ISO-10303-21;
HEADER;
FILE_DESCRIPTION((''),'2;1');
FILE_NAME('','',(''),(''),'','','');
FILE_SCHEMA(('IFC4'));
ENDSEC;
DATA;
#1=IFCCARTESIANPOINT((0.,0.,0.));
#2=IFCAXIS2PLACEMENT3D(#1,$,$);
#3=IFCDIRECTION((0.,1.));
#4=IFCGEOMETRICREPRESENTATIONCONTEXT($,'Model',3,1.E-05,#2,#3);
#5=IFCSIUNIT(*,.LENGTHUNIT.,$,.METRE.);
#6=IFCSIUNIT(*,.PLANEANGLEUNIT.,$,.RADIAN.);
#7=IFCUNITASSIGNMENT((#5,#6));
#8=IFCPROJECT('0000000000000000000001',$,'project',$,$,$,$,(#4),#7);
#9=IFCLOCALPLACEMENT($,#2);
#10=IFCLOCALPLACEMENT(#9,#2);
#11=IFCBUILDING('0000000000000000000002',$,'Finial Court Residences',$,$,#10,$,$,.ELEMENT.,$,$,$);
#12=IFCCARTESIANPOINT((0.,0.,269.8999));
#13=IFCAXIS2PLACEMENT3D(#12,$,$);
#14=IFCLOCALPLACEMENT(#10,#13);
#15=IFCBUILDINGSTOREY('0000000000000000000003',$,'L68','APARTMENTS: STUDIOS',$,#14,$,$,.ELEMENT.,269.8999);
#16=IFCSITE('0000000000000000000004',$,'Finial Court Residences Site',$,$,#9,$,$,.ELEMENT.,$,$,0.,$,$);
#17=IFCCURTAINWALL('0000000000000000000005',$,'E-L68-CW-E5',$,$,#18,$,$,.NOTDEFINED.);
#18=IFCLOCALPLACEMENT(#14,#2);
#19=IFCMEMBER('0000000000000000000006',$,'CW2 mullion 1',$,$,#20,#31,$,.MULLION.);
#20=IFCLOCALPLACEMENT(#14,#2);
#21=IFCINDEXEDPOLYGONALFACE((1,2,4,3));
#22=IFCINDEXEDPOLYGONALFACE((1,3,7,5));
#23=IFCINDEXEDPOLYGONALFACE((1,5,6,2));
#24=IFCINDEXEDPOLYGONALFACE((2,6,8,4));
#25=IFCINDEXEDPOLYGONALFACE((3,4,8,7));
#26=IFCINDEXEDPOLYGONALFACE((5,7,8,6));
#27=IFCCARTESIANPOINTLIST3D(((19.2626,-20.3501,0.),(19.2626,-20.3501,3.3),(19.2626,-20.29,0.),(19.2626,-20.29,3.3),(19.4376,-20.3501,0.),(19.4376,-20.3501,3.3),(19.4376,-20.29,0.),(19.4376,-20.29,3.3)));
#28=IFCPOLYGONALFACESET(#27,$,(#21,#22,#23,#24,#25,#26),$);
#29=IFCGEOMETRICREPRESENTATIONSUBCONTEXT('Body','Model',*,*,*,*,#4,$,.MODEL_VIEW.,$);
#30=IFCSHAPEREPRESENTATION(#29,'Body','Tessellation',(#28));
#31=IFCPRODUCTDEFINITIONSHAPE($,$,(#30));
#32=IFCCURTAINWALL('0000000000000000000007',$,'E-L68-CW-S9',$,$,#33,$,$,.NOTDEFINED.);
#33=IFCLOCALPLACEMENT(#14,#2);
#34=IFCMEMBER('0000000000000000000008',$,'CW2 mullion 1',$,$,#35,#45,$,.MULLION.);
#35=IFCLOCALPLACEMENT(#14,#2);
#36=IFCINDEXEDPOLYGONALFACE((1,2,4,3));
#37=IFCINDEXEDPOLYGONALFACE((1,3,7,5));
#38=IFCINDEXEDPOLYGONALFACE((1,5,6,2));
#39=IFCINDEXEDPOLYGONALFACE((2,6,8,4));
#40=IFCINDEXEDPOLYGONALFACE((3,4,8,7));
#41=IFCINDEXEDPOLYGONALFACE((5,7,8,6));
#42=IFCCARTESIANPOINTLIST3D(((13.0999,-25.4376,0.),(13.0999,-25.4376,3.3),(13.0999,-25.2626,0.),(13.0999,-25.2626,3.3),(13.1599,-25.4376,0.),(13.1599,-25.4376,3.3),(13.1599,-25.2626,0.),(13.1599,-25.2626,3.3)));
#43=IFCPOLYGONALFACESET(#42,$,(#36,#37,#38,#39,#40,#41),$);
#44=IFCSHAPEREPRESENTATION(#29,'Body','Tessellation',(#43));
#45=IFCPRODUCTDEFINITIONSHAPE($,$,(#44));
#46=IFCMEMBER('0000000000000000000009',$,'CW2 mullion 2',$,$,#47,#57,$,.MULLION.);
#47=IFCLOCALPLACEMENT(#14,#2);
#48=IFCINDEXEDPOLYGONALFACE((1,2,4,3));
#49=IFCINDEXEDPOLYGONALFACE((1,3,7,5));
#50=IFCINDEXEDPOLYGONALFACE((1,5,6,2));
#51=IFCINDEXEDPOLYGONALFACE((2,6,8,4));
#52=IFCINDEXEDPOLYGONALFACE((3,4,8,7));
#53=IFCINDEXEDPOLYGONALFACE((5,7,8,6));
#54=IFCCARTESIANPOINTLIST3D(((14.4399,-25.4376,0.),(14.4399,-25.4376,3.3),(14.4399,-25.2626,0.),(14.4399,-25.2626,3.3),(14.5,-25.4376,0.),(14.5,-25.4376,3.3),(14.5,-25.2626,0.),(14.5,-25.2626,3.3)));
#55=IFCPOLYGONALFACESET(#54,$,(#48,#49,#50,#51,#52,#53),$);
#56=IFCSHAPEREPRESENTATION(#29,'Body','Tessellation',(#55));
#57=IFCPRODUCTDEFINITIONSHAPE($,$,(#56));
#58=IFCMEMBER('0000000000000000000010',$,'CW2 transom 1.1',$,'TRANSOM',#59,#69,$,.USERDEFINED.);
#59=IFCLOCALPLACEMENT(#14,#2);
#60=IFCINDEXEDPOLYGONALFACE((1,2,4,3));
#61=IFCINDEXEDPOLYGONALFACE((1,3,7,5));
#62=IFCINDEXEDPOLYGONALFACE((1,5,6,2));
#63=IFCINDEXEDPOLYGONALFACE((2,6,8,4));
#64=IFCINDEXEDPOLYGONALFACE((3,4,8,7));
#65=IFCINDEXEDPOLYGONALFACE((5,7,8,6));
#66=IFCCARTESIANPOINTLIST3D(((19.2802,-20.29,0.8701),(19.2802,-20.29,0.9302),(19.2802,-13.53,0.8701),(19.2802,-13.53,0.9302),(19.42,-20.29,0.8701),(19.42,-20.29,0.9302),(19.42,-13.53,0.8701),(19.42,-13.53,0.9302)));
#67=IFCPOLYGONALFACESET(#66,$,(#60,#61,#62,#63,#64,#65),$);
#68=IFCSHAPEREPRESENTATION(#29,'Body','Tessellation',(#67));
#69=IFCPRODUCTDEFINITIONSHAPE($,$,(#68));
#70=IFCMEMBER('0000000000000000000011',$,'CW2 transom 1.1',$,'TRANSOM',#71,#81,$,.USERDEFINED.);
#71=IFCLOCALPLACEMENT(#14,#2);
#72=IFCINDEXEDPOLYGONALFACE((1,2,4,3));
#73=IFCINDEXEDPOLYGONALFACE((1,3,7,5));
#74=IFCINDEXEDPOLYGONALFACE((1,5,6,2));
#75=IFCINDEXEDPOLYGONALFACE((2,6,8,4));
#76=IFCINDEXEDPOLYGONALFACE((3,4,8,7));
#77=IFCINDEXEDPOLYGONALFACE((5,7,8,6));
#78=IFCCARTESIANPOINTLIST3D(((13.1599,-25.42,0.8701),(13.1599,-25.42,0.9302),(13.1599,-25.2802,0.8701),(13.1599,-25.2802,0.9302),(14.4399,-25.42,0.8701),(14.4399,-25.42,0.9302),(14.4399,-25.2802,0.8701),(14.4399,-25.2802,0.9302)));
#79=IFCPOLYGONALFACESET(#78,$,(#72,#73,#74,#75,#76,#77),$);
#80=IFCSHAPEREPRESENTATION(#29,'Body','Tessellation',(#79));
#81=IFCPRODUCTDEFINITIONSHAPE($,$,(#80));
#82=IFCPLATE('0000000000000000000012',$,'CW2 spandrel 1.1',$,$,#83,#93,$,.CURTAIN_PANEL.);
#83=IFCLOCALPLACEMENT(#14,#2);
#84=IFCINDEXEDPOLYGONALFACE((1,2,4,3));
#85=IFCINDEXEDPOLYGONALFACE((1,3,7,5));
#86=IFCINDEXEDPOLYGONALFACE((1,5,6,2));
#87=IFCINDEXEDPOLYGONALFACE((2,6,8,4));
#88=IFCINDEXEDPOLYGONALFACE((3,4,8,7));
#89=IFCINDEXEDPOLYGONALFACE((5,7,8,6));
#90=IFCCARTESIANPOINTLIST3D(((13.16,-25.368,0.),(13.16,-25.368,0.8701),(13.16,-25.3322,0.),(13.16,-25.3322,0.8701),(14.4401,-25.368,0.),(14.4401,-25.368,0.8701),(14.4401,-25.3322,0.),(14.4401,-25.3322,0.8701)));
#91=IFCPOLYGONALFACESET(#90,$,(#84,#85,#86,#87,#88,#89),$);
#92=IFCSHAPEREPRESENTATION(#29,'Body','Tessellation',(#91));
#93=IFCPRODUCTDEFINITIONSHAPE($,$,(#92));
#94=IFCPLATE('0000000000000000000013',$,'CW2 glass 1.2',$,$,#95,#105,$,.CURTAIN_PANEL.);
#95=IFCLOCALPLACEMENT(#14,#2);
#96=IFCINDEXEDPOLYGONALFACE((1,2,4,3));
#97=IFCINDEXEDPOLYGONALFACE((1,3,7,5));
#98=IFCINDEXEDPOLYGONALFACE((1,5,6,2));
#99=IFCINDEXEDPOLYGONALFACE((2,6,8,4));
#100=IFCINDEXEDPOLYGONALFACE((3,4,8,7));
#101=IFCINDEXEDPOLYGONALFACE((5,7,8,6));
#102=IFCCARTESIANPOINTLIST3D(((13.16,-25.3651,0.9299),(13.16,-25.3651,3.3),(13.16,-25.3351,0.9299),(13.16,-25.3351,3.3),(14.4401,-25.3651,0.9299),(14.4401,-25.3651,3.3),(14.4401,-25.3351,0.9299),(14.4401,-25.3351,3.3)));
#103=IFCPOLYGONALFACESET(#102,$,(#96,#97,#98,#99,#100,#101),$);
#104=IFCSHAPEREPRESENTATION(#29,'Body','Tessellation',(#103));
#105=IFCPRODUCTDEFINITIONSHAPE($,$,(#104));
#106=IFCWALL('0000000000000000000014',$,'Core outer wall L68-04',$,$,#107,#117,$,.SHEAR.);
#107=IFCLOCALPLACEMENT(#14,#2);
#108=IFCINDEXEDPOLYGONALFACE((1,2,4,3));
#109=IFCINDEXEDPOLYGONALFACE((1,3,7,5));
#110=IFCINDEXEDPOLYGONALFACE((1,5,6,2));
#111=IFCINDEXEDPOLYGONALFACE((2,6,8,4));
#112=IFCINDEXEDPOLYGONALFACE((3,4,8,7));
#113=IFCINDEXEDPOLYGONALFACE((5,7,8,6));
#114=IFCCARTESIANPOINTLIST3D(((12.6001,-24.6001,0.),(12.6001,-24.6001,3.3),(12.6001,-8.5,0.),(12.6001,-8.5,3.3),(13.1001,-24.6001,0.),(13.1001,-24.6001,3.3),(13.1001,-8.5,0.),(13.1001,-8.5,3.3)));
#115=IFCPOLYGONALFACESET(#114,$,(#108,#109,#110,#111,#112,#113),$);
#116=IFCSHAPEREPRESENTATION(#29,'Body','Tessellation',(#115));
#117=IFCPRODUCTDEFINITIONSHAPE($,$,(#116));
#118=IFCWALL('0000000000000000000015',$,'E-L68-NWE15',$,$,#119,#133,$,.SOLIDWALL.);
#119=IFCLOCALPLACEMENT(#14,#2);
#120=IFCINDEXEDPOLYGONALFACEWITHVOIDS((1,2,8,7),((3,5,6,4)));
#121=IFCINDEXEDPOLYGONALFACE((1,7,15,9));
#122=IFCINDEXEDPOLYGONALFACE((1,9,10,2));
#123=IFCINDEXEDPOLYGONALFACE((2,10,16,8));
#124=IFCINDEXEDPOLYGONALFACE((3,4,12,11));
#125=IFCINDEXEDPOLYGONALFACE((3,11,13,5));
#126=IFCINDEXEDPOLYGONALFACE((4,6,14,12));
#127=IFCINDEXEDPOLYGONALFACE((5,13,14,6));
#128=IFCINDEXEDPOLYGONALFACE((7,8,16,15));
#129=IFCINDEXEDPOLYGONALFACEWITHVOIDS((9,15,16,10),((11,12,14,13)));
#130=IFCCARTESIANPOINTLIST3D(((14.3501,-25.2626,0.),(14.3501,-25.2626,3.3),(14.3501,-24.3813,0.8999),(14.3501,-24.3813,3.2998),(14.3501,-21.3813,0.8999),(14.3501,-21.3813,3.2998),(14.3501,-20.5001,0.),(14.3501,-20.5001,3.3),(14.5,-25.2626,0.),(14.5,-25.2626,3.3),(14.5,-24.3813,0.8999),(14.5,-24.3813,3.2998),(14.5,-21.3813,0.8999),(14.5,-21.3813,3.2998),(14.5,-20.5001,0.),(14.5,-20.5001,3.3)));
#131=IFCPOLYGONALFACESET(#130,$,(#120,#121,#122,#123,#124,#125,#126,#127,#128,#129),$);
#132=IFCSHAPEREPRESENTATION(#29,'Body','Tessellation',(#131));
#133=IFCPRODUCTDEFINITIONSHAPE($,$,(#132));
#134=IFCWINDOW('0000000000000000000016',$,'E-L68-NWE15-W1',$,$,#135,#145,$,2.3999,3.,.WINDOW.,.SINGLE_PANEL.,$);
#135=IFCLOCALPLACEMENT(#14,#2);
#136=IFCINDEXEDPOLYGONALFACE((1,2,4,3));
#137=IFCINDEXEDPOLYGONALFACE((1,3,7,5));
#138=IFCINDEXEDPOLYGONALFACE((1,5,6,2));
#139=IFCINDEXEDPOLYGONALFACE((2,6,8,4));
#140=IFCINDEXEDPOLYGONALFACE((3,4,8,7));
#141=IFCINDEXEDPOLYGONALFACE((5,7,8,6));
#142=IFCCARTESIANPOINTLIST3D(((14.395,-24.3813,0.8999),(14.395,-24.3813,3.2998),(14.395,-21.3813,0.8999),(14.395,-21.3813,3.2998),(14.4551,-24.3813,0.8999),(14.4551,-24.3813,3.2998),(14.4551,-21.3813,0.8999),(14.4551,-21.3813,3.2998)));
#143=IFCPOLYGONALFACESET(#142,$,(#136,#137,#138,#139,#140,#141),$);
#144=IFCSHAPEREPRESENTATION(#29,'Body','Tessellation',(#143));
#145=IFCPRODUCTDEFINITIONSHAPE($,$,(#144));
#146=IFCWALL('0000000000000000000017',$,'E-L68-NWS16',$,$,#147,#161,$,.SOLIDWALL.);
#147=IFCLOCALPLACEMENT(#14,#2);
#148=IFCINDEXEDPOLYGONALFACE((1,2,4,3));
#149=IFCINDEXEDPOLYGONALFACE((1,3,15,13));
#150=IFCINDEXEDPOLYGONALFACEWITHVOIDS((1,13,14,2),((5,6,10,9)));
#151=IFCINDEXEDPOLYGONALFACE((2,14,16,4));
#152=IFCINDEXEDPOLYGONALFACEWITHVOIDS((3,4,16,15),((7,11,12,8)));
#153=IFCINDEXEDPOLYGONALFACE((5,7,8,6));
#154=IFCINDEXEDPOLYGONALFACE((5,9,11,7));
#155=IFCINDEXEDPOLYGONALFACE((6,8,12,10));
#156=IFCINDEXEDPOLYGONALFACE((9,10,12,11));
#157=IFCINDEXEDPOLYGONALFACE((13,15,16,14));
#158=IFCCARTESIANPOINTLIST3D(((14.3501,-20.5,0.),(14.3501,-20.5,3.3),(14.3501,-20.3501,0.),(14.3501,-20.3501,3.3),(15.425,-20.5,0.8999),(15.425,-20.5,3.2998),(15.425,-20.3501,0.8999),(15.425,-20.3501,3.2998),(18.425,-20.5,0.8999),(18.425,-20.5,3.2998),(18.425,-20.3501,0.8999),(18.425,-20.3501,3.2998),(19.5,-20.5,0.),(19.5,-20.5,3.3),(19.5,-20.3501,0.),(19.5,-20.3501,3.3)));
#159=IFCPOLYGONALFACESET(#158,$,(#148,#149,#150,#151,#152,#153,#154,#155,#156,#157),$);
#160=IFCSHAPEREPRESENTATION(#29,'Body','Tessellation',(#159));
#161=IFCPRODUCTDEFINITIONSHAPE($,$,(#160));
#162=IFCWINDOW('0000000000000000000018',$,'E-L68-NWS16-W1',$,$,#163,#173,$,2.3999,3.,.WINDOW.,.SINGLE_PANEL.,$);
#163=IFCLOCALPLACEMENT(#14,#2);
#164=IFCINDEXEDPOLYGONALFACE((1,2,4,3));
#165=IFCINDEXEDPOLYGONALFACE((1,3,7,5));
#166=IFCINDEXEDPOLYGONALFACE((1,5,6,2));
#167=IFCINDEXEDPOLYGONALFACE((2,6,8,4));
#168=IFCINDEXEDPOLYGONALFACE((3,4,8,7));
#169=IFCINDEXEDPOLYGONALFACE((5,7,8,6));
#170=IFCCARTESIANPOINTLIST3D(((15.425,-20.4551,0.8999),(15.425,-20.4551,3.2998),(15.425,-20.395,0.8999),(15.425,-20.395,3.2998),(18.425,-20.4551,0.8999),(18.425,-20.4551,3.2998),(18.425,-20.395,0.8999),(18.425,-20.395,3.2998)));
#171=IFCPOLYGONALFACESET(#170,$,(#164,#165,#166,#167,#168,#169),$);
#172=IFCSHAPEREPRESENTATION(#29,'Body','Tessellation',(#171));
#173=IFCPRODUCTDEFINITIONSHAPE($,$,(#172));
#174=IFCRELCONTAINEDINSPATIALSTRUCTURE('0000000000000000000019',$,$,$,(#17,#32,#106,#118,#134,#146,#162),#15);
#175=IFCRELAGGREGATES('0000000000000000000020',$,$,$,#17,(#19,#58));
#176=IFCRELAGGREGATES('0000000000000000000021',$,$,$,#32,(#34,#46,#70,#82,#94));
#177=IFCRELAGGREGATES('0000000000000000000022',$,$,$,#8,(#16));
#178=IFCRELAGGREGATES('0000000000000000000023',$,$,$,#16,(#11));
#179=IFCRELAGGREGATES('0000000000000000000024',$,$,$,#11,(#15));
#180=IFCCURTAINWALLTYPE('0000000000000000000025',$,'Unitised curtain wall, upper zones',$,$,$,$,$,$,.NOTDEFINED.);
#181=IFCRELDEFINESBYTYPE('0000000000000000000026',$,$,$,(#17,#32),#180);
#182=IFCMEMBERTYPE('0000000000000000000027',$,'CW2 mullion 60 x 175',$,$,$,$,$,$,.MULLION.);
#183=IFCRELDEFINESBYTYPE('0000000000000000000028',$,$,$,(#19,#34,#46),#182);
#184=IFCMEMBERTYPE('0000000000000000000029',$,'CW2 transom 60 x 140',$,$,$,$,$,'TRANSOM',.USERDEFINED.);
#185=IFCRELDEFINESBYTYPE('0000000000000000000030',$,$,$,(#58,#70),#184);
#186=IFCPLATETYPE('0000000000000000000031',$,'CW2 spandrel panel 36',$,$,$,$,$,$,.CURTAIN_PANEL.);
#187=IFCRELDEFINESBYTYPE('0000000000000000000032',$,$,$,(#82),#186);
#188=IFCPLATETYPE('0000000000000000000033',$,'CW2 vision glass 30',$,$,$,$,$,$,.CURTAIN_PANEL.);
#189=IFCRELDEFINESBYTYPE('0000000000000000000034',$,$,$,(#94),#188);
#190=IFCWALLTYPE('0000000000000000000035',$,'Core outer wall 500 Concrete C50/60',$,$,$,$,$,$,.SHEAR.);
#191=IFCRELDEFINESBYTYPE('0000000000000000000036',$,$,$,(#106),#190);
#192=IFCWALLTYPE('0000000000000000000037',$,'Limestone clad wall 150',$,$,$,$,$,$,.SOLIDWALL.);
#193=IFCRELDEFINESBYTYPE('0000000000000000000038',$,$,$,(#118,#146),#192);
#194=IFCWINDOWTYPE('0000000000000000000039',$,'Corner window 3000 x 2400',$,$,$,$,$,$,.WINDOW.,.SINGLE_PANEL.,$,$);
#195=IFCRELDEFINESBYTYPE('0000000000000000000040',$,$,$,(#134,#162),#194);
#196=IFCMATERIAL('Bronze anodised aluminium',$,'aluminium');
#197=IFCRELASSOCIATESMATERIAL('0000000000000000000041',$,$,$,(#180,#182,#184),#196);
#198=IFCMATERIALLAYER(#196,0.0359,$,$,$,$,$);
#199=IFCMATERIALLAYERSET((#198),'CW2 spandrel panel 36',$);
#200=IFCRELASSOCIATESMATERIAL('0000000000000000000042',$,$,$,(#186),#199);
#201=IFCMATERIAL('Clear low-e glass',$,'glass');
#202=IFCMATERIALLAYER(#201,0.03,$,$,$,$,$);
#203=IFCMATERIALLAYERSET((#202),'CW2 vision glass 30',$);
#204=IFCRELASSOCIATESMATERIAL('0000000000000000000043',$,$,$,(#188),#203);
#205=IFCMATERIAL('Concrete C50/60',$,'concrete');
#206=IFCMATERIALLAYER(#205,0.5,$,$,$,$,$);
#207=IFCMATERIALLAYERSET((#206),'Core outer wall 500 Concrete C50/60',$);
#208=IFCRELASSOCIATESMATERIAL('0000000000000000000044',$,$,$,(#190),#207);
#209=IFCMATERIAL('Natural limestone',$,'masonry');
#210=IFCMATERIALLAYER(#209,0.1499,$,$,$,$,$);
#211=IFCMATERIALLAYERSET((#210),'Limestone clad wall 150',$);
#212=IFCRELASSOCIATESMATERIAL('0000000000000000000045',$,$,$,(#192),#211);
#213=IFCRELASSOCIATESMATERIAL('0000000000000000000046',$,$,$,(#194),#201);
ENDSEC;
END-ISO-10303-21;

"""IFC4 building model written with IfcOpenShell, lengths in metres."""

from ifc_helpers import new_model, si_unit, direction, frame, frame_2d, origin, origin_2d, place, context, subcontext, project, spatial, rectangle, extrude, material, layer, layer_set, material_profile, profile_set, type_object, element, fill, aggregate, save


model = new_model("IFC4")

# Units and contexts
model_context = context("Model", 3, precision=1e-05, world=origin(), true_north=direction((0.0, 1.0)))
body_context = subcontext(model_context, "Body", "Model", "MODEL_VIEW")
ifc_project = project(units=[si_unit("LENGTHUNIT", "METRE"), si_unit("PLANEANGLEUNIT", "RADIAN")], contexts=[model_context])

# Site, building, storey
site_placement = place(None, origin())
site = spatial("IfcSite", under=ifc_project, at=site_placement, Name="Finial Court Residences Site", CompositionType="ELEMENT", RefElevation=0.0)
building_placement = place(site_placement, origin())
building = spatial("IfcBuilding", under=site, at=building_placement, Name="Finial Court Residences", CompositionType="ELEMENT")
storey_placement = place(building_placement, frame((0.0, 0.0, 269.8999)))
storey = spatial("IfcBuildingStorey", under=building, at=storey_placement, Name="L68", Description="APARTMENTS: STUDIOS", CompositionType="ELEMENT", Elevation=269.8999)

# Curtain wall, member
ifc_material_1 = material(Name="Bronze anodised aluminium", Category="aluminium")
curtain_wall_type = type_object("IfcCurtainWallType", Name="Unitised curtain wall, upper zones", PredefinedType="NOTDEFINED", material=ifc_material_1)
curtain_wall_1_placement = place(storey_placement, origin())
curtain_wall_1 = element("IfcCurtainWall", 1, at=curtain_wall_1_placement, inside=storey, type_object=curtain_wall_type, Name="E-L68-CW-E5", PredefinedType="NOTDEFINED")
ifc_material_profile_1 = material_profile(ifc_material_1, rectangle(XDim=0.175, YDim=0.0601, at=origin_2d()), Name="CW2 mullion 60 x 175")
ifc_profile_set_1 = profile_set([ifc_material_profile_1], Name="Bronze anodised aluminium")
member_type_1 = type_object("IfcMemberType", Name="CW2 mullion 60 x 175", PredefinedType="MULLION", material=ifc_profile_set_1)
member_1_placement = place(storey_placement, frame((19.3501, -20.3201, 0.0), z_axis=(0.0, 0.0, 1.0), x_axis=(-1.0, 0.0, 0.0)))
member_1 = element("IfcMember", 2, at=member_1_placement, type_object=member_type_1, Name="CW2 mullion 1", PredefinedType="MULLION", context=body_context, shape_type="SweptSolid", body=[
    extrude(rectangle(XDim=0.175, YDim=0.0601, at=origin_2d()), origin(), (0.0, 0.0, 1.0), 3.3),
])

# Curtain wall, members
curtain_wall_2_placement = place(storey_placement, origin())
curtain_wall_2 = element("IfcCurtainWall", 3, at=curtain_wall_2_placement, inside=storey, type_object=curtain_wall_type, Name="E-L68-CW-S9", PredefinedType="NOTDEFINED")
member_2_placement = place(storey_placement, frame((13.1299, -25.3501, 0.0), z_axis=(0.0, 0.0, 1.0), x_axis=(0.0, 1.0, 0.0)))
member_2 = element("IfcMember", 4, at=member_2_placement, type_object=member_type_1, Name="CW2 mullion 1", PredefinedType="MULLION", context=body_context, shape_type="SweptSolid", body=[
    extrude(rectangle(XDim=0.175, YDim=0.0601, at=origin_2d()), origin(), (0.0, 0.0, 1.0), 3.3),
])
member_3_placement = place(storey_placement, frame((14.47, -25.3501, 0.0), z_axis=(0.0, 0.0, 1.0), x_axis=(0.0, 1.0, 0.0)))
member_3 = element("IfcMember", 5, at=member_3_placement, type_object=member_type_1, Name="CW2 mullion 2", PredefinedType="MULLION", context=body_context, shape_type="SweptSolid", body=[
    extrude(rectangle(XDim=0.175, YDim=0.0601, at=origin_2d()), origin(), (0.0, 0.0, 1.0), 3.3),
])

# Members
ifc_material_profile_2 = material_profile(ifc_material_1, rectangle(XDim=0.1399, YDim=0.0601, at=origin_2d()), Name="CW2 transom 60 x 140")
ifc_profile_set_2 = profile_set([ifc_material_profile_2], Name="Bronze anodised aluminium")
member_type_2 = type_object("IfcMemberType", Name="CW2 transom 60 x 140", ElementType="TRANSOM", PredefinedType="USERDEFINED", material=ifc_profile_set_2)
member_4_placement = place(storey_placement, frame((19.3501, -20.29, 0.9001), z_axis=(0.0, 1.0, 0.0), x_axis=(-1.0, 0.0, 0.0)))
member_4 = element("IfcMember", 6, at=member_4_placement, type_object=member_type_2, Name="CW2 transom 1.1", ObjectType="TRANSOM", PredefinedType="USERDEFINED", context=body_context, shape_type="SweptSolid", body=[
    extrude(rectangle(XDim=0.1399, YDim=0.0601, at=origin_2d()), origin(), (0.0, 0.0, 1.0), 6.76),
])
aggregate(curtain_wall_1, [member_1, member_4])
member_5_placement = place(storey_placement, frame((13.1599, -25.3501, 0.9001), z_axis=(1.0, 0.0, 0.0), x_axis=(0.0, 1.0, 0.0)))
member_5 = element("IfcMember", 7, at=member_5_placement, type_object=member_type_2, Name="CW2 transom 1.1", ObjectType="TRANSOM", PredefinedType="USERDEFINED", context=body_context, shape_type="SweptSolid", body=[
    extrude(rectangle(XDim=0.1399, YDim=0.0601, at=origin_2d()), origin(), (0.0, 0.0, 1.0), 1.28),
])

# Plates
ifc_layer_1 = layer(ifc_material_1, 0.0359)
ifc_layer_set_1 = layer_set([ifc_layer_1], Name="CW2 spandrel panel 36")
plate_type_1 = type_object("IfcPlateType", Name="CW2 spandrel panel 36", PredefinedType="CURTAIN_PANEL", material=ifc_layer_set_1)
plate_1_placement = place(storey_placement, frame((13.8, -25.3501, 0.0), z_axis=(0.0, 0.0, 1.0), x_axis=(1.0, 0.0, 0.0)))
plate_1 = element("IfcPlate", 8, at=plate_1_placement, type_object=plate_type_1, Name="CW2 spandrel 1.1", PredefinedType="CURTAIN_PANEL", context=body_context, shape_type="SweptSolid", body=[
    extrude(rectangle(XDim=1.28, YDim=0.0359, at=origin_2d()), origin(), (0.0, 0.0, 1.0), 0.8701),
])
ifc_material_2 = material(Name="Clear low-e glass", Category="glass")
ifc_layer_2 = layer(ifc_material_2, 0.03)
ifc_layer_set_2 = layer_set([ifc_layer_2], Name="CW2 vision glass 30")
plate_type_2 = type_object("IfcPlateType", Name="CW2 vision glass 30", PredefinedType="CURTAIN_PANEL", material=ifc_layer_set_2)
plate_2_placement = place(storey_placement, frame((13.8, -25.3501, 0.9299), z_axis=(0.0, 0.0, 1.0), x_axis=(1.0, 0.0, 0.0)))
plate_2 = element("IfcPlate", 9, at=plate_2_placement, type_object=plate_type_2, Name="CW2 glass 1.2", PredefinedType="CURTAIN_PANEL", context=body_context, shape_type="SweptSolid", body=[
    extrude(rectangle(XDim=1.28, YDim=0.03, at=origin_2d()), origin(), (0.0, 0.0, 1.0), 2.3701),
])
aggregate(curtain_wall_2, [member_2, member_3, member_5, plate_1, plate_2])

# Wall
ifc_material_3 = material(Name="Concrete C50/60", Category="concrete")
ifc_layer_3 = layer(ifc_material_3, 0.5)
ifc_layer_set_3 = layer_set([ifc_layer_3], Name="Core outer wall 500 Concrete C50/60")
wall_type_1 = type_object("IfcWallType", Name="Core outer wall 500 Concrete C50/60", PredefinedType="SHEAR", material=ifc_layer_set_3)
wall_1_placement = place(storey_placement, frame((12.8501, -24.6001, 0.0), z_axis=(0.0, 0.0, 1.0), x_axis=(0.0, 1.0, 0.0)))
element("IfcWall", 10, at=wall_1_placement, inside=storey, type_object=wall_type_1, Name="Core outer wall L68-04", PredefinedType="SHEAR", context=body_context, shape_type="SweptSolid", body=[
    extrude(rectangle(XDim=16.1001, YDim=0.5, at=frame_2d((8.05, 0.0))), origin(), (0.0, 0.0, 1.0), 3.3),
])

# Walls, openings, windows
ifc_material_4 = material(Name="Natural limestone", Category="masonry")
ifc_layer_4 = layer(ifc_material_4, 0.1499)
ifc_layer_set_4 = layer_set([ifc_layer_4], Name="Limestone clad wall 150")
wall_type_2 = type_object("IfcWallType", Name="Limestone clad wall 150", PredefinedType="SOLIDWALL", material=ifc_layer_set_4)
wall_2_placement = place(storey_placement, frame((14.425, -20.5, 0.0), z_axis=(0.0, 0.0, 1.0), x_axis=(0.0, -1.0, 0.0)))
wall_2 = element("IfcWall", 11, at=wall_2_placement, inside=storey, type_object=wall_type_2, Name="E-L68-NWE15", PredefinedType="SOLIDWALL", context=body_context, shape_type="SweptSolid", body=[
    extrude(rectangle(XDim=4.7625, YDim=0.1499, at=frame_2d((2.3813, 0.0))), origin(), (0.0, 0.0, 1.0), 3.3),
])
opening_1_placement = place(wall_2_placement, frame((0.8813, 0.0, 0.8999)))
opening_1 = element("IfcOpeningElement", 12, at=opening_1_placement, cuts=wall_2, PredefinedType="OPENING", context=body_context, shape_type="SweptSolid", body=[
    extrude(rectangle(XDim=3.0, YDim=2.3999, at=frame_2d((1.5, 1.2))), frame((0.0, 0.085, 0.0), z_axis=(0.0, -1.0, 0.0), x_axis=(1.0, 0.0, 0.0)), (0.0, 0.0, 1.0), 0.1699),
])
window_type = type_object("IfcWindowType", Name="Corner window 3000 x 2400", PartitioningType="SINGLE_PANEL", PredefinedType="WINDOW", material=ifc_material_2)
window_1_placement = place(opening_1_placement, origin())
window_1 = element("IfcWindow", 13, at=window_1_placement, inside=storey, type_object=window_type, Name="E-L68-NWE15-W1", OverallHeight=2.3999, OverallWidth=3.0, PartitioningType="SINGLE_PANEL", PredefinedType="WINDOW", context=body_context, shape_type="SweptSolid", body=[
    extrude(rectangle(XDim=3.0, YDim=2.3999, at=frame_2d((1.5, 1.2))), frame((0.0, 0.03, 0.0), z_axis=(0.0, -1.0, 0.0), x_axis=(1.0, 0.0, 0.0)), (0.0, 0.0, 1.0), 0.0601),
])
fill(opening_1, window_1)
wall_3_placement = place(storey_placement, frame((19.5, -20.425, 0.0), z_axis=(0.0, 0.0, 1.0), x_axis=(-1.0, 0.0, 0.0)))
wall_3 = element("IfcWall", 14, at=wall_3_placement, inside=storey, type_object=wall_type_2, Name="E-L68-NWS16", PredefinedType="SOLIDWALL", context=body_context, shape_type="SweptSolid", body=[
    extrude(rectangle(XDim=5.1499, YDim=0.1499, at=frame_2d((2.575, 0.0))), origin(), (0.0, 0.0, 1.0), 3.3),
])
opening_2_placement = place(wall_3_placement, frame((1.075, 0.0, 0.8999)))
opening_2 = element("IfcOpeningElement", 15, at=opening_2_placement, cuts=wall_3, PredefinedType="OPENING", context=body_context, shape_type="SweptSolid", body=[
    extrude(rectangle(XDim=3.0, YDim=2.3999, at=frame_2d((1.5, 1.2))), frame((0.0, 0.085, 0.0), z_axis=(0.0, -1.0, 0.0), x_axis=(1.0, 0.0, 0.0)), (0.0, 0.0, 1.0), 0.1699),
])
window_2_placement = place(opening_2_placement, origin())
window_2 = element("IfcWindow", 16, at=window_2_placement, inside=storey, type_object=window_type, Name="E-L68-NWS16-W1", OverallHeight=2.3999, OverallWidth=3.0, PartitioningType="SINGLE_PANEL", PredefinedType="WINDOW", context=body_context, shape_type="SweptSolid", body=[
    extrude(rectangle(XDim=3.0, YDim=2.3999, at=frame_2d((1.5, 1.2))), frame((0.0, 0.03, 0.0), z_axis=(0.0, -1.0, 0.0), x_axis=(1.0, 0.0, 0.0)), (0.0, 0.0, 1.0), 0.0601),
])
fill(opening_2, window_2)

save(model, "model.ifc")
